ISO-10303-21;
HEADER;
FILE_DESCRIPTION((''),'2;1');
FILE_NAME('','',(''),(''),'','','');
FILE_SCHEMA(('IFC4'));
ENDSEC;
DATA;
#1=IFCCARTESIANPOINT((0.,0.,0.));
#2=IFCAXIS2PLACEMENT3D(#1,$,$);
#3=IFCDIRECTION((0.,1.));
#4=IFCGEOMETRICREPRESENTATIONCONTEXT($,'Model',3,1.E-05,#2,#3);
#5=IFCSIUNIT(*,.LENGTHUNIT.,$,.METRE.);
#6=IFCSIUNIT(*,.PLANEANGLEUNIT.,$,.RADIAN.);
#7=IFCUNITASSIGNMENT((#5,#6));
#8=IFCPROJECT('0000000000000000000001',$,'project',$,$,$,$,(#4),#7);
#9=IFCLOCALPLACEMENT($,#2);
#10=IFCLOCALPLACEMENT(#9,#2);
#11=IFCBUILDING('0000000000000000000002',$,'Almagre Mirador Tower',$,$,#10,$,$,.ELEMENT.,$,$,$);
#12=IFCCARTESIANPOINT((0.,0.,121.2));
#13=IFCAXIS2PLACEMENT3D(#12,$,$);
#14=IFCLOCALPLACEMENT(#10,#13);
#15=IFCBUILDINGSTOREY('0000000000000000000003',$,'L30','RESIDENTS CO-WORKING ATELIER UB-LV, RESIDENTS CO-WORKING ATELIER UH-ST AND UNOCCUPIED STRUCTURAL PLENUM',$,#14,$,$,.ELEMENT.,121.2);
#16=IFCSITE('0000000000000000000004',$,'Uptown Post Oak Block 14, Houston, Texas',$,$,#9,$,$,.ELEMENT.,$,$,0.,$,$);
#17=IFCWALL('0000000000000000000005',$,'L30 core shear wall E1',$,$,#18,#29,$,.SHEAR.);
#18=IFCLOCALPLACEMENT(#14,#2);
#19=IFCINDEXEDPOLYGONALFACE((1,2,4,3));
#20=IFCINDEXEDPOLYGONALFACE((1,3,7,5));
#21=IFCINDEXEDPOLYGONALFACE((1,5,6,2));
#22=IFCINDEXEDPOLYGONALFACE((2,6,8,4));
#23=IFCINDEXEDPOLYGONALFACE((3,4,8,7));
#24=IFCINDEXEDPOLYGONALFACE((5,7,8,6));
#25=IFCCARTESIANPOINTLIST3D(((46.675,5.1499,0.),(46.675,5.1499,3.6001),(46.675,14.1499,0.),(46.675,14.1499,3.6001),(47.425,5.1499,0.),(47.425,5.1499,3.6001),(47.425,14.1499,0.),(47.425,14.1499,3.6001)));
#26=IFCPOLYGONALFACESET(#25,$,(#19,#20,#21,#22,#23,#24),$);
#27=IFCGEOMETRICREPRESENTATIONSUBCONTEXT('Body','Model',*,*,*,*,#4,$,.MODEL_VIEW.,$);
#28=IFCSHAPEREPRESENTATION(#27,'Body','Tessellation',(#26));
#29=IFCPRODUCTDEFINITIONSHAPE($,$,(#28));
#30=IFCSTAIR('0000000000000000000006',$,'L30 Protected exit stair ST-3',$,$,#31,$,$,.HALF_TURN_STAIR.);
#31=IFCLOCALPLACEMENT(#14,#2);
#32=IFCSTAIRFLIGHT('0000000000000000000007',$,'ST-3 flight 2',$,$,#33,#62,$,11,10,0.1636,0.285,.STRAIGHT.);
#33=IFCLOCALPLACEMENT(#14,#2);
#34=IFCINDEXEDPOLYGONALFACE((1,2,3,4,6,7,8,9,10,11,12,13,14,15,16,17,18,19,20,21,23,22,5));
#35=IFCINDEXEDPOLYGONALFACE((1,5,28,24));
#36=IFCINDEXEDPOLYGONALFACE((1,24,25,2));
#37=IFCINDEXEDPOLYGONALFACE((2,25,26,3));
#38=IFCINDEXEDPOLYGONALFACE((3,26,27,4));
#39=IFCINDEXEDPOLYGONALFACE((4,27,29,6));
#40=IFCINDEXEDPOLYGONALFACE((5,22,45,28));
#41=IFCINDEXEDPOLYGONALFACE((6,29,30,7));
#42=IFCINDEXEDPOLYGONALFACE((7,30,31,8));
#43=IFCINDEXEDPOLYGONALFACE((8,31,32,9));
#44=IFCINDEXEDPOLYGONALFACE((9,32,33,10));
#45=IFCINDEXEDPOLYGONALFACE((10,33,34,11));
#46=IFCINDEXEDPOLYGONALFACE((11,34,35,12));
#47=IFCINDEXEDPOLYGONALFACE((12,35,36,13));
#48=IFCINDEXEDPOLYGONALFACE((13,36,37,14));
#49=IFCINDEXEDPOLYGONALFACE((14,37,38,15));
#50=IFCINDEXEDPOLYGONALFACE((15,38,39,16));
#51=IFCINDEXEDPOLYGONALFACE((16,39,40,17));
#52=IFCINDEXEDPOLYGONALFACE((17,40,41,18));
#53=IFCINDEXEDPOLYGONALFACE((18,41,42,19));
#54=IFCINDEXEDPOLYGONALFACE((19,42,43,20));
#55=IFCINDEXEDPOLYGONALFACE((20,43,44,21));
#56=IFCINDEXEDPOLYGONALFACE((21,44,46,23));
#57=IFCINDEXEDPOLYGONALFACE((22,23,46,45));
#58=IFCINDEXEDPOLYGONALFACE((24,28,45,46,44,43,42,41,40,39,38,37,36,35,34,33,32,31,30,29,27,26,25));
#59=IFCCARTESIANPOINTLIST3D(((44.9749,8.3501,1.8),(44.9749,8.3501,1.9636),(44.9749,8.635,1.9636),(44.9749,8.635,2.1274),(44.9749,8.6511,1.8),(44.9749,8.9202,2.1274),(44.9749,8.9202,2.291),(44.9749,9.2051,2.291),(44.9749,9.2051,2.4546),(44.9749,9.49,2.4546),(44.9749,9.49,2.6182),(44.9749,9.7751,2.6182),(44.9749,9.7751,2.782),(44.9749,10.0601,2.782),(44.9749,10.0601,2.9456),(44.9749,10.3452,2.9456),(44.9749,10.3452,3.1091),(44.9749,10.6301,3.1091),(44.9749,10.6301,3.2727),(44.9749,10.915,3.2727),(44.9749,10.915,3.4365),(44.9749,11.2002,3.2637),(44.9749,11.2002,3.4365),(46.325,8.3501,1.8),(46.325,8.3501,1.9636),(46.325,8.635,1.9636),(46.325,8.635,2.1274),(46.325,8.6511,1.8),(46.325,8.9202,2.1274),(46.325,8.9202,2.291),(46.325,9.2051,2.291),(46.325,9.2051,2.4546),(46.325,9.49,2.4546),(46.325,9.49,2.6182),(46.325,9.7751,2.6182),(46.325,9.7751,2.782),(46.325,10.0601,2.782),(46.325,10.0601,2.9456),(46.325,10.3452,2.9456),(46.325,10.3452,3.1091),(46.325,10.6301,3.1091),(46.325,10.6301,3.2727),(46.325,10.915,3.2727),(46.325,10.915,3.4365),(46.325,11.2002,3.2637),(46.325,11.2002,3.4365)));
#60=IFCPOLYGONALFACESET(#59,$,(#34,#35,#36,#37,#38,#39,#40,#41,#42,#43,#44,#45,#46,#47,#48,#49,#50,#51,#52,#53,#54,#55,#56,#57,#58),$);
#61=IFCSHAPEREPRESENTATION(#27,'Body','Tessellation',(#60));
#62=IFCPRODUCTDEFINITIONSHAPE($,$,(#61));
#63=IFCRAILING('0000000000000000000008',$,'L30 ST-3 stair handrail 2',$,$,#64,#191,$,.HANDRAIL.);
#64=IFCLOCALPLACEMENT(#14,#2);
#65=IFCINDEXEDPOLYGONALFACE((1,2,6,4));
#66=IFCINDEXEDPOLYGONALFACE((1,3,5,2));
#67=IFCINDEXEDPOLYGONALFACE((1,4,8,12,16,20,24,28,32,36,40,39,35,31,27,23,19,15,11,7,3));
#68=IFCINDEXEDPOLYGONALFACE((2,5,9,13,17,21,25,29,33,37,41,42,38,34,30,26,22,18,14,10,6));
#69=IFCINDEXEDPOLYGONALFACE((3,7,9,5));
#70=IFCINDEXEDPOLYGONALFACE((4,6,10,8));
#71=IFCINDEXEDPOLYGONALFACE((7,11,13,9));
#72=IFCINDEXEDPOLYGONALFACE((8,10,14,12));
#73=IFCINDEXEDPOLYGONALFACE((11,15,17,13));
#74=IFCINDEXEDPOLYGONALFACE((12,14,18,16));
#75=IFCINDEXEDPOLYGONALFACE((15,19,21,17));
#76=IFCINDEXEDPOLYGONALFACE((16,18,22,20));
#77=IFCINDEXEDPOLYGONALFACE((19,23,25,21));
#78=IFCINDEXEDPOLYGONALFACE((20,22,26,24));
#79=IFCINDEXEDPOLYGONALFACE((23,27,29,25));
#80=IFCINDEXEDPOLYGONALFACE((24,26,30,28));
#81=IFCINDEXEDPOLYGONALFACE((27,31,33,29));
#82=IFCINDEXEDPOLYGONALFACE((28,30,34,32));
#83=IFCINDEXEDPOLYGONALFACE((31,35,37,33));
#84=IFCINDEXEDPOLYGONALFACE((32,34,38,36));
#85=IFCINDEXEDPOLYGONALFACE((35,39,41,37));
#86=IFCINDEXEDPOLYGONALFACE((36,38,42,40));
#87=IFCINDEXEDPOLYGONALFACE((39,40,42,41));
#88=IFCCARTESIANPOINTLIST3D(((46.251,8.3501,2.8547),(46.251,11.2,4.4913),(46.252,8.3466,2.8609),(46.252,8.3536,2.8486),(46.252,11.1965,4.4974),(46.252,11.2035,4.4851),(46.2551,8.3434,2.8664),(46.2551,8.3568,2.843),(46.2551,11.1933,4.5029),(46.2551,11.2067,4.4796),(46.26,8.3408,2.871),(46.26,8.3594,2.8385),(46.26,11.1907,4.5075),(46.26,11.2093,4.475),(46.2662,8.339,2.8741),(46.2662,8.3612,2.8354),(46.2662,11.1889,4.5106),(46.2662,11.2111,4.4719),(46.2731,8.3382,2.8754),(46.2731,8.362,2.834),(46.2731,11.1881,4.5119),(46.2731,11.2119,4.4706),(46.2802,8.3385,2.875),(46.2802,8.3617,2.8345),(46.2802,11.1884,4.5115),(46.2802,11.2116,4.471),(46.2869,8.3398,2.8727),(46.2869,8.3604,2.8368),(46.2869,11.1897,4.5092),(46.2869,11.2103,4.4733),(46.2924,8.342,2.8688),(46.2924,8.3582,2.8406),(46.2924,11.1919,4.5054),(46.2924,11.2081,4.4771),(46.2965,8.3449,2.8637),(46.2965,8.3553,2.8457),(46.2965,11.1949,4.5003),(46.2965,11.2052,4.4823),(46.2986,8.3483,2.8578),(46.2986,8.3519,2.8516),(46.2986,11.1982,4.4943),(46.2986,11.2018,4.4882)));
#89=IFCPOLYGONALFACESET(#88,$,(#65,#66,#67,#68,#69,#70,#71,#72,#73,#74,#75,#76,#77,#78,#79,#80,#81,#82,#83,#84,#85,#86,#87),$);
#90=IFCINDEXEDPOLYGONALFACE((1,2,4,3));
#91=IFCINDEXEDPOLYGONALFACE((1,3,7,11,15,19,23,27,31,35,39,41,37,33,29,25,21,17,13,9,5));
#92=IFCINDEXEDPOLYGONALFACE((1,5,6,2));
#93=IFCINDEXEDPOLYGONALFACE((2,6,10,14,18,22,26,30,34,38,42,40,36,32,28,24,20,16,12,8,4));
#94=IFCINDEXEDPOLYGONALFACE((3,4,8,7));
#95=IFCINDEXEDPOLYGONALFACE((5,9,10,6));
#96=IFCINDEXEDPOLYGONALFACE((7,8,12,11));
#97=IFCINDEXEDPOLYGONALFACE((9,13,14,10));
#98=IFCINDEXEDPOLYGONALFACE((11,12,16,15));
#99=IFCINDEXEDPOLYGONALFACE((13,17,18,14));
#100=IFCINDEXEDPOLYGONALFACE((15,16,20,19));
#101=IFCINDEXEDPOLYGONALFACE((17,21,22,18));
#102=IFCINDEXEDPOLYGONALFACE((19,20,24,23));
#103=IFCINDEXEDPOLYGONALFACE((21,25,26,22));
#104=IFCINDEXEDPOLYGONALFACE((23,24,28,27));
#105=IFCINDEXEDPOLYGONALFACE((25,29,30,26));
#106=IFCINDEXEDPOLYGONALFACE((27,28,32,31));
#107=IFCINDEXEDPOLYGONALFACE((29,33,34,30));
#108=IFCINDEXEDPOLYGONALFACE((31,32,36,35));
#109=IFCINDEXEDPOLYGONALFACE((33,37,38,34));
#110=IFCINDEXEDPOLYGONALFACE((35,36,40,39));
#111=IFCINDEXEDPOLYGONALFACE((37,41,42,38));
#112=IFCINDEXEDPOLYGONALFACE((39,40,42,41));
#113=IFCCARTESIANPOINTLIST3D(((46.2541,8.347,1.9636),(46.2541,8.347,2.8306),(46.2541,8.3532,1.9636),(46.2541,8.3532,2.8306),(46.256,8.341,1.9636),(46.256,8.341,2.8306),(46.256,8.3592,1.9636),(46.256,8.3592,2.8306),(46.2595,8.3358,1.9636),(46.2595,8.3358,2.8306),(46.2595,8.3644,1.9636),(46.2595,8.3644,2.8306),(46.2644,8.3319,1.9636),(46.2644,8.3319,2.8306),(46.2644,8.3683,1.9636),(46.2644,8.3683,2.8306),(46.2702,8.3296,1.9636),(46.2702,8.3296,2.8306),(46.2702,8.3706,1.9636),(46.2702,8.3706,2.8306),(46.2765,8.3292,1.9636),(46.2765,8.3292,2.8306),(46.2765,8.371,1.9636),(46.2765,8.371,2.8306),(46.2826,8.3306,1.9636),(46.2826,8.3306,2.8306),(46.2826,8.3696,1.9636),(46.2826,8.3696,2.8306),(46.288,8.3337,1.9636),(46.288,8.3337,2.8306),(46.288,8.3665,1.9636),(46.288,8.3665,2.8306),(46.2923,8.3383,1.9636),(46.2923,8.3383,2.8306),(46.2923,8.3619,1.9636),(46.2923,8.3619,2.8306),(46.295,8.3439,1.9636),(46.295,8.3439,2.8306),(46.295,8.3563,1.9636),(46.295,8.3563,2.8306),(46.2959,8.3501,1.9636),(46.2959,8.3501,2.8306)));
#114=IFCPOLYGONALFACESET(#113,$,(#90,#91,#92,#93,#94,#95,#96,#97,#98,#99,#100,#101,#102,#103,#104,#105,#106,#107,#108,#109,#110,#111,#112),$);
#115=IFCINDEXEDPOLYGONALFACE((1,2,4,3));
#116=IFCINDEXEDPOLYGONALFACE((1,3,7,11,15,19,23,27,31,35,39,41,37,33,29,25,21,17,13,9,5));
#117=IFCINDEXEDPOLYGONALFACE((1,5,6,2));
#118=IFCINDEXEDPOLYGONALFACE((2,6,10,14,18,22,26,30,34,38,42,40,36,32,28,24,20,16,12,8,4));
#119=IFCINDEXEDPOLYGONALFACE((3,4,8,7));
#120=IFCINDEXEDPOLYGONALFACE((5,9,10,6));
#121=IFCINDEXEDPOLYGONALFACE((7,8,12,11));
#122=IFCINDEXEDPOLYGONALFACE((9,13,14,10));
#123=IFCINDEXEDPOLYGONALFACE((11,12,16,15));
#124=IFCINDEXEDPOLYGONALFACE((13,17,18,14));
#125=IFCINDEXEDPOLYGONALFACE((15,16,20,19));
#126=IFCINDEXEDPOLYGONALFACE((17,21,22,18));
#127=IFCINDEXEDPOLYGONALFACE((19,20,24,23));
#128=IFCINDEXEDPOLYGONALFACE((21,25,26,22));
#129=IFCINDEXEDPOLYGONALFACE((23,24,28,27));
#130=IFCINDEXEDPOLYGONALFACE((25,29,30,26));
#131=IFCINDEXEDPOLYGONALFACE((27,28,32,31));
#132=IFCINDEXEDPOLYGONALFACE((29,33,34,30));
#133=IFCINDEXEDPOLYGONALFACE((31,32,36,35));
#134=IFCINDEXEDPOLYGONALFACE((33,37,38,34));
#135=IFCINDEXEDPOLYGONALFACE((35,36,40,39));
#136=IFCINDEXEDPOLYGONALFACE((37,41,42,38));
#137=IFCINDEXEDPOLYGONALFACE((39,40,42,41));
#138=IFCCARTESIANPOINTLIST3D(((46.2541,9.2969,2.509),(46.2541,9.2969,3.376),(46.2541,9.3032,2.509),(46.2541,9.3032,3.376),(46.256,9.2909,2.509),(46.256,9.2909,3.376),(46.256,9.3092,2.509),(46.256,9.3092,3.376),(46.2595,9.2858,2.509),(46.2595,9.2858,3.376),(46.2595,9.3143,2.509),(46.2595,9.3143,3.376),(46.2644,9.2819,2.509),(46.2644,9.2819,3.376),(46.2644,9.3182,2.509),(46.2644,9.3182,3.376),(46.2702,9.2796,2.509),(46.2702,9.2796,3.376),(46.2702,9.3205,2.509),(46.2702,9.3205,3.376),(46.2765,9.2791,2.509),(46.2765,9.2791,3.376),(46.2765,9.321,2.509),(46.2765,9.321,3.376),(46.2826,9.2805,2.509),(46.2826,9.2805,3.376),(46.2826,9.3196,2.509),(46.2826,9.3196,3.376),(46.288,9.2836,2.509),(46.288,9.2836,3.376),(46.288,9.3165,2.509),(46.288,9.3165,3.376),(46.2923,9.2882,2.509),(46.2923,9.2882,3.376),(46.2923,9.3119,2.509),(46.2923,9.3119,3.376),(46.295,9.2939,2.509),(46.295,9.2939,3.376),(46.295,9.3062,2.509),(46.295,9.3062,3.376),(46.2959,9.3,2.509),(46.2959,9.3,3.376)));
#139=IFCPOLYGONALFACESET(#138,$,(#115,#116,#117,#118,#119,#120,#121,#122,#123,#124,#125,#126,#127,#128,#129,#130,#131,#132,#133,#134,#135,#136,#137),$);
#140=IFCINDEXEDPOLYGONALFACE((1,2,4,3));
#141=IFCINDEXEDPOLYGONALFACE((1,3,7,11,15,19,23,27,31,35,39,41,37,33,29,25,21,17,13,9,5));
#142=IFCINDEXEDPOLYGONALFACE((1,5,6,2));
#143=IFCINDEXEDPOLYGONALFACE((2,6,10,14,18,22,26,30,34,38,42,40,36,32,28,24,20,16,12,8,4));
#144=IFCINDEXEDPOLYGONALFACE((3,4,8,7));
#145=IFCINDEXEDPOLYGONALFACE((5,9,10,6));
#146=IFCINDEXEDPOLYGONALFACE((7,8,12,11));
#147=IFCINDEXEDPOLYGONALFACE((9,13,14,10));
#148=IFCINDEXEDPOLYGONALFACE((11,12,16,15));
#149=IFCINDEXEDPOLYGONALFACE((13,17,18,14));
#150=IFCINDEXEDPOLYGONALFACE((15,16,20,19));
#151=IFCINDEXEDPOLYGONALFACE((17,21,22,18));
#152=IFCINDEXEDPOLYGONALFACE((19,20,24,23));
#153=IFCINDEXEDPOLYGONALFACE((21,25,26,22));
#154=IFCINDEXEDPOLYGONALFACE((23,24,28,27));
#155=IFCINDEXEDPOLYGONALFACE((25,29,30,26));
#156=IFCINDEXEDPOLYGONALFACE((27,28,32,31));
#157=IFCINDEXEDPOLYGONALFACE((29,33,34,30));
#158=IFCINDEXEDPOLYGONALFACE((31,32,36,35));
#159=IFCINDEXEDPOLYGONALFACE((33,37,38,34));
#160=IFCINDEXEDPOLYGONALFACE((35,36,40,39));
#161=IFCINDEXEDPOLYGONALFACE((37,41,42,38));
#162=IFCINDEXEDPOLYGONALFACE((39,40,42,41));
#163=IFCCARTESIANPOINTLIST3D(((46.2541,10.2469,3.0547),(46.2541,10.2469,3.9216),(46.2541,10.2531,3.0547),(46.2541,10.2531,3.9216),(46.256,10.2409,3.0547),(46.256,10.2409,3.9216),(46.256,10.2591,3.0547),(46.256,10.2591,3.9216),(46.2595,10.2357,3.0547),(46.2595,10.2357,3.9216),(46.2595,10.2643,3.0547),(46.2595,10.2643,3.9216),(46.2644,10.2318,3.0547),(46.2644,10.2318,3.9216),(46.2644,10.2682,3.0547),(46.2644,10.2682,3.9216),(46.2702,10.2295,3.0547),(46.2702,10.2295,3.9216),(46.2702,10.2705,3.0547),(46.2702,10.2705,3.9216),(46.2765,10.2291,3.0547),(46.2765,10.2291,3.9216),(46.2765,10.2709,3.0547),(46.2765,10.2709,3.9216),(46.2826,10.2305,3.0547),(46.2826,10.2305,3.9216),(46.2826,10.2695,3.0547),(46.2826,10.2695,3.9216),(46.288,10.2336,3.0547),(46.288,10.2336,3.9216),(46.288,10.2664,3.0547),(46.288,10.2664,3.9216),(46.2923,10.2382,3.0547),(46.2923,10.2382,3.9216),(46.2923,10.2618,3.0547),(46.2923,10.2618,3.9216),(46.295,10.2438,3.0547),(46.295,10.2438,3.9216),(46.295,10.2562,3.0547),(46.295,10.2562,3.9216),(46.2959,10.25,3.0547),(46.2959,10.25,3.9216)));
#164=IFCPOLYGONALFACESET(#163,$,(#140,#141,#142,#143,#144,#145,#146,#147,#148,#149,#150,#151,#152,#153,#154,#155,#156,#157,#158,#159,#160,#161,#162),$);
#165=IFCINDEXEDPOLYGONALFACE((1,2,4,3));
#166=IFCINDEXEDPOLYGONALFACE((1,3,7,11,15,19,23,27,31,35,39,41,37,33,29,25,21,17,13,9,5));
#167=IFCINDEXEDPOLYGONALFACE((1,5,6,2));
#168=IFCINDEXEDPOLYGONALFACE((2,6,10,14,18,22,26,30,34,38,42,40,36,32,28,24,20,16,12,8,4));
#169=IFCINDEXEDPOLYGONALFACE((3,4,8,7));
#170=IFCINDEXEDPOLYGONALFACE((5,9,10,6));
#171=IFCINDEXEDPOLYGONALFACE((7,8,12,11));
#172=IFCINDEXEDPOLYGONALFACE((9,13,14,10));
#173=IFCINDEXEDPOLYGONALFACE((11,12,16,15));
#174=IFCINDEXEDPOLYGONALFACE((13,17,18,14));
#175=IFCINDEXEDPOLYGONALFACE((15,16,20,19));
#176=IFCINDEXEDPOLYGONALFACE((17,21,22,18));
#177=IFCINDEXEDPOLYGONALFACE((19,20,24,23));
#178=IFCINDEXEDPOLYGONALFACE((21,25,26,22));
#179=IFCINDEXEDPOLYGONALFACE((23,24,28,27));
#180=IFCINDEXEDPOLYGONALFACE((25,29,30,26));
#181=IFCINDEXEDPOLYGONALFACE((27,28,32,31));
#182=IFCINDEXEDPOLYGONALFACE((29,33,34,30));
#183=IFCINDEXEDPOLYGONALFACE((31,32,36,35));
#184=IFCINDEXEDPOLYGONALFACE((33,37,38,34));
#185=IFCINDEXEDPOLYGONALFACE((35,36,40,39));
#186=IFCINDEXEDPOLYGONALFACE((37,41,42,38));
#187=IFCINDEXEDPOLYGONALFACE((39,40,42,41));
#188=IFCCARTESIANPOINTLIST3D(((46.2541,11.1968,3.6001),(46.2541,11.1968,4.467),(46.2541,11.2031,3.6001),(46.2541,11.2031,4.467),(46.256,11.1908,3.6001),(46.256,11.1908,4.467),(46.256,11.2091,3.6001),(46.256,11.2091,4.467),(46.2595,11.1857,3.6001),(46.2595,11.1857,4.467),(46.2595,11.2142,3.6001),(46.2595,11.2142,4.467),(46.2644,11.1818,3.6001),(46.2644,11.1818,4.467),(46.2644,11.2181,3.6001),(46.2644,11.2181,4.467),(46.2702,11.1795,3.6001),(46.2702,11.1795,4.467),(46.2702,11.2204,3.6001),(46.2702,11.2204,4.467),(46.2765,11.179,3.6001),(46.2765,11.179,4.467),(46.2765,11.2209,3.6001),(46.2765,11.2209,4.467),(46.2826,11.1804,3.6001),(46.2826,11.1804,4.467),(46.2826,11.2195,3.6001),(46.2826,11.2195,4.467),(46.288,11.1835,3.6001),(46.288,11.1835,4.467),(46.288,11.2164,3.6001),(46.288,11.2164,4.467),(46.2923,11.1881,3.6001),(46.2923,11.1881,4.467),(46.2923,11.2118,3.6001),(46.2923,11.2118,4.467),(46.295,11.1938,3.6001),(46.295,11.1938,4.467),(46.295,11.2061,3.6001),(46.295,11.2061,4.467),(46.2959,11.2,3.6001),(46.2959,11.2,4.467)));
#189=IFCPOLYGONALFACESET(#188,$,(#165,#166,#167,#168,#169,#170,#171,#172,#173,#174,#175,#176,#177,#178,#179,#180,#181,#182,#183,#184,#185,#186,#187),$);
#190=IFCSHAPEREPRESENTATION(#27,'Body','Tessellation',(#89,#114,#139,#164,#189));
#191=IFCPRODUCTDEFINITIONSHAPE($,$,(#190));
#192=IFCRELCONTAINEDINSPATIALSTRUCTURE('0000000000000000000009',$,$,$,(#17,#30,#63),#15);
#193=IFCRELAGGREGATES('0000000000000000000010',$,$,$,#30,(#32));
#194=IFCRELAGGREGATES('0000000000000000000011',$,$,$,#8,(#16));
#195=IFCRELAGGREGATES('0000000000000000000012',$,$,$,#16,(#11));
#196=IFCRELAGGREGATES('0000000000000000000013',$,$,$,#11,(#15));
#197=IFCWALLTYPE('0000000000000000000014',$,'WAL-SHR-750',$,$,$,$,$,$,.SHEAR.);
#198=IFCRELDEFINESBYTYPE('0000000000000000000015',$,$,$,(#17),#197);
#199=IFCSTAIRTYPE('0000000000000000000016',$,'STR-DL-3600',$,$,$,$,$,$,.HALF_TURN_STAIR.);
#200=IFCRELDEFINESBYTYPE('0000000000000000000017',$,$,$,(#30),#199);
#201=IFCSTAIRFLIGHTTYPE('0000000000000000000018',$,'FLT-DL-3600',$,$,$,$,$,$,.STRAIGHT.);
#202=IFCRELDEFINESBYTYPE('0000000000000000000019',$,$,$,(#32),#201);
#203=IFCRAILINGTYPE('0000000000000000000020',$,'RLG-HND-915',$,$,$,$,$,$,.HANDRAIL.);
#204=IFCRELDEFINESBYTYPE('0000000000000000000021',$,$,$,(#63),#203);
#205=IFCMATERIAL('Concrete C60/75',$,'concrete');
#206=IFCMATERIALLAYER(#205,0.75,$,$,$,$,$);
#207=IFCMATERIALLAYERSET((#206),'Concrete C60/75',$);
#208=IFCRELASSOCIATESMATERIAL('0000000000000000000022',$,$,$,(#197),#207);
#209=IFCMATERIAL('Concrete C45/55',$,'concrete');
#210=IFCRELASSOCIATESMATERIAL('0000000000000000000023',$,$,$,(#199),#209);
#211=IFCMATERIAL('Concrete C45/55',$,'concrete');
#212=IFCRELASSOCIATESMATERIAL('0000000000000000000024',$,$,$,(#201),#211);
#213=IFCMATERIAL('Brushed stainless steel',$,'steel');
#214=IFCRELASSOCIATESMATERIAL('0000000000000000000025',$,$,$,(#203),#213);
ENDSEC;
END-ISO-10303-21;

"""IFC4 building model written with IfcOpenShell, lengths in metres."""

from ifc_helpers import new_model, si_unit, direction, frame, frame_2d, origin, origin_2d, place, context, subcontext, project, spatial, polyline, rectangle, circle, outline, extrude, material, layer, layer_set, type_object, element, aggregate, save


model = new_model("IFC4")

# Units and contexts
model_context = context("Model", 3, precision=1e-05, world=origin(), true_north=direction((0.0, 1.0)))
body_context = subcontext(model_context, "Body", "Model", "MODEL_VIEW")
ifc_project = project(units=[si_unit("LENGTHUNIT", "METRE"), si_unit("PLANEANGLEUNIT", "RADIAN")], contexts=[model_context])

# Site, building, storey
site_placement = place(None, origin())
site = spatial("IfcSite", under=ifc_project, at=site_placement, Name="Uptown Post Oak Block 14, Houston, Texas", CompositionType="ELEMENT", RefElevation=0.0)
building_placement = place(site_placement, origin())
building = spatial("IfcBuilding", under=site, at=building_placement, Name="Almagre Mirador Tower", CompositionType="ELEMENT")
storey_placement = place(building_placement, frame((0.0, 0.0, 121.2)))
storey = spatial("IfcBuildingStorey", under=building, at=storey_placement, Name="L30", Description="RESIDENTS CO-WORKING ATELIER UB-LV, RESIDENTS CO-WORKING ATELIER UH-ST AND UNOCCUPIED STRUCTURAL PLENUM", CompositionType="ELEMENT", Elevation=121.2)

# Wall
ifc_material_1 = material(Name="Concrete C60/75", Category="concrete")
ifc_layer_1 = layer(ifc_material_1, 0.75)
ifc_layer_set_1 = layer_set([ifc_layer_1], Name="Concrete C60/75")
wall_type_1 = type_object("IfcWallType", Name="WAL-SHR-750", PredefinedType="SHEAR", material=ifc_layer_set_1)
wall_1_placement = place(storey_placement, frame((47.05, 5.1499, 0.0), z_axis=(0.0, 0.0, 1.0), x_axis=(0.0, 1.0, 0.0)))
element("IfcWall", 1, at=wall_1_placement, inside=storey, type_object=wall_type_1, Name="L30 core shear wall E1", PredefinedType="SHEAR", context=body_context, shape_type="SweptSolid", body=[
    extrude(rectangle(XDim=9.0, YDim=0.75, at=frame_2d((4.5, 0.0))), origin(), (0.0, 0.0, 1.0), 3.6001),
])

# Stair, stair flight
ifc_material_2 = material(Name="Concrete C45/55", Category="concrete")
stair_type = type_object("IfcStairType", Name="STR-DL-3600", PredefinedType="HALF_TURN_STAIR", material=ifc_material_2)
stair_placement = place(storey_placement, origin())
stair = element("IfcStair", 2, at=stair_placement, inside=storey, type_object=stair_type, Name="L30 Protected exit stair ST-3", PredefinedType="HALF_TURN_STAIR")
ifc_material_3 = material(Name="Concrete C45/55", Category="concrete")
stair_flight_type = type_object("IfcStairFlightType", Name="FLT-DL-3600", PredefinedType="STRAIGHT", material=ifc_material_3)
stair_flight_placement = place(storey_placement, frame((45.6499, 8.3501, 1.8), z_axis=(0.0, 0.0, 1.0), x_axis=(0.0, 1.0, 0.0)))
stair_flight = element("IfcStairFlight", 3, at=stair_flight_placement, type_object=stair_flight_type, Name="ST-3 flight 2", NumberOfRisers=11, NumberOfTreads=10, PredefinedType="STRAIGHT", RiserHeight=0.1636, TreadLength=0.285, context=body_context, shape_type="SweptSolid", body=[
    extrude(outline(polyline([(0.0, 0.0), (0.0, 0.1636), (0.2849, 0.1636), (0.2849, 0.3274), (0.5701, 0.3274), (0.5701, 0.491), (0.855, 0.491), (0.855, 0.6545), (1.1399, 0.6545), (1.1399, 0.8181), (1.425, 0.8181), (1.425, 0.9819), (1.71, 0.9819), (1.71, 1.1455), (1.9951, 1.1455), (1.9951, 1.3091), (2.28, 1.3091), (2.28, 1.4727), (2.5649, 1.4727), (2.5649, 1.6365), (2.8501, 1.6365), (2.8501, 1.8), (2.8501, 1.4636), (0.301, 0.0), (0.0, 0.0)])), frame((0.0, 0.675, 0.0), z_axis=(0.0, -1.0, 0.0), x_axis=(1.0, 0.0, 0.0)), (0.0, 0.0, 1.0), 1.3501),
])
aggregate(stair, [stair_flight])

# Railing
ifc_material_4 = material(Name="Brushed stainless steel", Category="steel")
railing_type = type_object("IfcRailingType", Name="RLG-HND-915", PredefinedType="HANDRAIL", material=ifc_material_4)
railing_placement = place(storey_placement, frame((46.2749, 8.3501, 1.9636)))
element("IfcRailing", 4, at=railing_placement, inside=storey, type_object=railing_type, Name="L30 ST-3 stair handrail 2", PredefinedType="HANDRAIL", context=body_context, shape_type="SweptSolid", body=[
    extrude(circle(Radius=0.0239, at=origin_2d()), frame((0.0, 0.0, 0.8911), z_axis=(0.0, 0.867194, 0.49797), x_axis=(-1.0, 0.0, 0.0)), (0.0, 0.0, 1.0), 3.2864),
    extrude(circle(Radius=0.021, at=origin_2d()), origin(), (0.0, 0.0, 1.0), 0.8669),
    extrude(circle(Radius=0.021, at=origin_2d()), frame((0.0, 0.95, 0.5454)), (0.0, 0.0, 1.0), 0.8669),
    extrude(circle(Radius=0.021, at=origin_2d()), frame((0.0, 1.8999, 1.0911)), (0.0, 0.0, 1.0), 0.8669),
    extrude(circle(Radius=0.021, at=origin_2d()), frame((0.0, 2.8499, 1.6365)), (0.0, 0.0, 1.0), 0.8669),
])

save(model, "model.ifc")
